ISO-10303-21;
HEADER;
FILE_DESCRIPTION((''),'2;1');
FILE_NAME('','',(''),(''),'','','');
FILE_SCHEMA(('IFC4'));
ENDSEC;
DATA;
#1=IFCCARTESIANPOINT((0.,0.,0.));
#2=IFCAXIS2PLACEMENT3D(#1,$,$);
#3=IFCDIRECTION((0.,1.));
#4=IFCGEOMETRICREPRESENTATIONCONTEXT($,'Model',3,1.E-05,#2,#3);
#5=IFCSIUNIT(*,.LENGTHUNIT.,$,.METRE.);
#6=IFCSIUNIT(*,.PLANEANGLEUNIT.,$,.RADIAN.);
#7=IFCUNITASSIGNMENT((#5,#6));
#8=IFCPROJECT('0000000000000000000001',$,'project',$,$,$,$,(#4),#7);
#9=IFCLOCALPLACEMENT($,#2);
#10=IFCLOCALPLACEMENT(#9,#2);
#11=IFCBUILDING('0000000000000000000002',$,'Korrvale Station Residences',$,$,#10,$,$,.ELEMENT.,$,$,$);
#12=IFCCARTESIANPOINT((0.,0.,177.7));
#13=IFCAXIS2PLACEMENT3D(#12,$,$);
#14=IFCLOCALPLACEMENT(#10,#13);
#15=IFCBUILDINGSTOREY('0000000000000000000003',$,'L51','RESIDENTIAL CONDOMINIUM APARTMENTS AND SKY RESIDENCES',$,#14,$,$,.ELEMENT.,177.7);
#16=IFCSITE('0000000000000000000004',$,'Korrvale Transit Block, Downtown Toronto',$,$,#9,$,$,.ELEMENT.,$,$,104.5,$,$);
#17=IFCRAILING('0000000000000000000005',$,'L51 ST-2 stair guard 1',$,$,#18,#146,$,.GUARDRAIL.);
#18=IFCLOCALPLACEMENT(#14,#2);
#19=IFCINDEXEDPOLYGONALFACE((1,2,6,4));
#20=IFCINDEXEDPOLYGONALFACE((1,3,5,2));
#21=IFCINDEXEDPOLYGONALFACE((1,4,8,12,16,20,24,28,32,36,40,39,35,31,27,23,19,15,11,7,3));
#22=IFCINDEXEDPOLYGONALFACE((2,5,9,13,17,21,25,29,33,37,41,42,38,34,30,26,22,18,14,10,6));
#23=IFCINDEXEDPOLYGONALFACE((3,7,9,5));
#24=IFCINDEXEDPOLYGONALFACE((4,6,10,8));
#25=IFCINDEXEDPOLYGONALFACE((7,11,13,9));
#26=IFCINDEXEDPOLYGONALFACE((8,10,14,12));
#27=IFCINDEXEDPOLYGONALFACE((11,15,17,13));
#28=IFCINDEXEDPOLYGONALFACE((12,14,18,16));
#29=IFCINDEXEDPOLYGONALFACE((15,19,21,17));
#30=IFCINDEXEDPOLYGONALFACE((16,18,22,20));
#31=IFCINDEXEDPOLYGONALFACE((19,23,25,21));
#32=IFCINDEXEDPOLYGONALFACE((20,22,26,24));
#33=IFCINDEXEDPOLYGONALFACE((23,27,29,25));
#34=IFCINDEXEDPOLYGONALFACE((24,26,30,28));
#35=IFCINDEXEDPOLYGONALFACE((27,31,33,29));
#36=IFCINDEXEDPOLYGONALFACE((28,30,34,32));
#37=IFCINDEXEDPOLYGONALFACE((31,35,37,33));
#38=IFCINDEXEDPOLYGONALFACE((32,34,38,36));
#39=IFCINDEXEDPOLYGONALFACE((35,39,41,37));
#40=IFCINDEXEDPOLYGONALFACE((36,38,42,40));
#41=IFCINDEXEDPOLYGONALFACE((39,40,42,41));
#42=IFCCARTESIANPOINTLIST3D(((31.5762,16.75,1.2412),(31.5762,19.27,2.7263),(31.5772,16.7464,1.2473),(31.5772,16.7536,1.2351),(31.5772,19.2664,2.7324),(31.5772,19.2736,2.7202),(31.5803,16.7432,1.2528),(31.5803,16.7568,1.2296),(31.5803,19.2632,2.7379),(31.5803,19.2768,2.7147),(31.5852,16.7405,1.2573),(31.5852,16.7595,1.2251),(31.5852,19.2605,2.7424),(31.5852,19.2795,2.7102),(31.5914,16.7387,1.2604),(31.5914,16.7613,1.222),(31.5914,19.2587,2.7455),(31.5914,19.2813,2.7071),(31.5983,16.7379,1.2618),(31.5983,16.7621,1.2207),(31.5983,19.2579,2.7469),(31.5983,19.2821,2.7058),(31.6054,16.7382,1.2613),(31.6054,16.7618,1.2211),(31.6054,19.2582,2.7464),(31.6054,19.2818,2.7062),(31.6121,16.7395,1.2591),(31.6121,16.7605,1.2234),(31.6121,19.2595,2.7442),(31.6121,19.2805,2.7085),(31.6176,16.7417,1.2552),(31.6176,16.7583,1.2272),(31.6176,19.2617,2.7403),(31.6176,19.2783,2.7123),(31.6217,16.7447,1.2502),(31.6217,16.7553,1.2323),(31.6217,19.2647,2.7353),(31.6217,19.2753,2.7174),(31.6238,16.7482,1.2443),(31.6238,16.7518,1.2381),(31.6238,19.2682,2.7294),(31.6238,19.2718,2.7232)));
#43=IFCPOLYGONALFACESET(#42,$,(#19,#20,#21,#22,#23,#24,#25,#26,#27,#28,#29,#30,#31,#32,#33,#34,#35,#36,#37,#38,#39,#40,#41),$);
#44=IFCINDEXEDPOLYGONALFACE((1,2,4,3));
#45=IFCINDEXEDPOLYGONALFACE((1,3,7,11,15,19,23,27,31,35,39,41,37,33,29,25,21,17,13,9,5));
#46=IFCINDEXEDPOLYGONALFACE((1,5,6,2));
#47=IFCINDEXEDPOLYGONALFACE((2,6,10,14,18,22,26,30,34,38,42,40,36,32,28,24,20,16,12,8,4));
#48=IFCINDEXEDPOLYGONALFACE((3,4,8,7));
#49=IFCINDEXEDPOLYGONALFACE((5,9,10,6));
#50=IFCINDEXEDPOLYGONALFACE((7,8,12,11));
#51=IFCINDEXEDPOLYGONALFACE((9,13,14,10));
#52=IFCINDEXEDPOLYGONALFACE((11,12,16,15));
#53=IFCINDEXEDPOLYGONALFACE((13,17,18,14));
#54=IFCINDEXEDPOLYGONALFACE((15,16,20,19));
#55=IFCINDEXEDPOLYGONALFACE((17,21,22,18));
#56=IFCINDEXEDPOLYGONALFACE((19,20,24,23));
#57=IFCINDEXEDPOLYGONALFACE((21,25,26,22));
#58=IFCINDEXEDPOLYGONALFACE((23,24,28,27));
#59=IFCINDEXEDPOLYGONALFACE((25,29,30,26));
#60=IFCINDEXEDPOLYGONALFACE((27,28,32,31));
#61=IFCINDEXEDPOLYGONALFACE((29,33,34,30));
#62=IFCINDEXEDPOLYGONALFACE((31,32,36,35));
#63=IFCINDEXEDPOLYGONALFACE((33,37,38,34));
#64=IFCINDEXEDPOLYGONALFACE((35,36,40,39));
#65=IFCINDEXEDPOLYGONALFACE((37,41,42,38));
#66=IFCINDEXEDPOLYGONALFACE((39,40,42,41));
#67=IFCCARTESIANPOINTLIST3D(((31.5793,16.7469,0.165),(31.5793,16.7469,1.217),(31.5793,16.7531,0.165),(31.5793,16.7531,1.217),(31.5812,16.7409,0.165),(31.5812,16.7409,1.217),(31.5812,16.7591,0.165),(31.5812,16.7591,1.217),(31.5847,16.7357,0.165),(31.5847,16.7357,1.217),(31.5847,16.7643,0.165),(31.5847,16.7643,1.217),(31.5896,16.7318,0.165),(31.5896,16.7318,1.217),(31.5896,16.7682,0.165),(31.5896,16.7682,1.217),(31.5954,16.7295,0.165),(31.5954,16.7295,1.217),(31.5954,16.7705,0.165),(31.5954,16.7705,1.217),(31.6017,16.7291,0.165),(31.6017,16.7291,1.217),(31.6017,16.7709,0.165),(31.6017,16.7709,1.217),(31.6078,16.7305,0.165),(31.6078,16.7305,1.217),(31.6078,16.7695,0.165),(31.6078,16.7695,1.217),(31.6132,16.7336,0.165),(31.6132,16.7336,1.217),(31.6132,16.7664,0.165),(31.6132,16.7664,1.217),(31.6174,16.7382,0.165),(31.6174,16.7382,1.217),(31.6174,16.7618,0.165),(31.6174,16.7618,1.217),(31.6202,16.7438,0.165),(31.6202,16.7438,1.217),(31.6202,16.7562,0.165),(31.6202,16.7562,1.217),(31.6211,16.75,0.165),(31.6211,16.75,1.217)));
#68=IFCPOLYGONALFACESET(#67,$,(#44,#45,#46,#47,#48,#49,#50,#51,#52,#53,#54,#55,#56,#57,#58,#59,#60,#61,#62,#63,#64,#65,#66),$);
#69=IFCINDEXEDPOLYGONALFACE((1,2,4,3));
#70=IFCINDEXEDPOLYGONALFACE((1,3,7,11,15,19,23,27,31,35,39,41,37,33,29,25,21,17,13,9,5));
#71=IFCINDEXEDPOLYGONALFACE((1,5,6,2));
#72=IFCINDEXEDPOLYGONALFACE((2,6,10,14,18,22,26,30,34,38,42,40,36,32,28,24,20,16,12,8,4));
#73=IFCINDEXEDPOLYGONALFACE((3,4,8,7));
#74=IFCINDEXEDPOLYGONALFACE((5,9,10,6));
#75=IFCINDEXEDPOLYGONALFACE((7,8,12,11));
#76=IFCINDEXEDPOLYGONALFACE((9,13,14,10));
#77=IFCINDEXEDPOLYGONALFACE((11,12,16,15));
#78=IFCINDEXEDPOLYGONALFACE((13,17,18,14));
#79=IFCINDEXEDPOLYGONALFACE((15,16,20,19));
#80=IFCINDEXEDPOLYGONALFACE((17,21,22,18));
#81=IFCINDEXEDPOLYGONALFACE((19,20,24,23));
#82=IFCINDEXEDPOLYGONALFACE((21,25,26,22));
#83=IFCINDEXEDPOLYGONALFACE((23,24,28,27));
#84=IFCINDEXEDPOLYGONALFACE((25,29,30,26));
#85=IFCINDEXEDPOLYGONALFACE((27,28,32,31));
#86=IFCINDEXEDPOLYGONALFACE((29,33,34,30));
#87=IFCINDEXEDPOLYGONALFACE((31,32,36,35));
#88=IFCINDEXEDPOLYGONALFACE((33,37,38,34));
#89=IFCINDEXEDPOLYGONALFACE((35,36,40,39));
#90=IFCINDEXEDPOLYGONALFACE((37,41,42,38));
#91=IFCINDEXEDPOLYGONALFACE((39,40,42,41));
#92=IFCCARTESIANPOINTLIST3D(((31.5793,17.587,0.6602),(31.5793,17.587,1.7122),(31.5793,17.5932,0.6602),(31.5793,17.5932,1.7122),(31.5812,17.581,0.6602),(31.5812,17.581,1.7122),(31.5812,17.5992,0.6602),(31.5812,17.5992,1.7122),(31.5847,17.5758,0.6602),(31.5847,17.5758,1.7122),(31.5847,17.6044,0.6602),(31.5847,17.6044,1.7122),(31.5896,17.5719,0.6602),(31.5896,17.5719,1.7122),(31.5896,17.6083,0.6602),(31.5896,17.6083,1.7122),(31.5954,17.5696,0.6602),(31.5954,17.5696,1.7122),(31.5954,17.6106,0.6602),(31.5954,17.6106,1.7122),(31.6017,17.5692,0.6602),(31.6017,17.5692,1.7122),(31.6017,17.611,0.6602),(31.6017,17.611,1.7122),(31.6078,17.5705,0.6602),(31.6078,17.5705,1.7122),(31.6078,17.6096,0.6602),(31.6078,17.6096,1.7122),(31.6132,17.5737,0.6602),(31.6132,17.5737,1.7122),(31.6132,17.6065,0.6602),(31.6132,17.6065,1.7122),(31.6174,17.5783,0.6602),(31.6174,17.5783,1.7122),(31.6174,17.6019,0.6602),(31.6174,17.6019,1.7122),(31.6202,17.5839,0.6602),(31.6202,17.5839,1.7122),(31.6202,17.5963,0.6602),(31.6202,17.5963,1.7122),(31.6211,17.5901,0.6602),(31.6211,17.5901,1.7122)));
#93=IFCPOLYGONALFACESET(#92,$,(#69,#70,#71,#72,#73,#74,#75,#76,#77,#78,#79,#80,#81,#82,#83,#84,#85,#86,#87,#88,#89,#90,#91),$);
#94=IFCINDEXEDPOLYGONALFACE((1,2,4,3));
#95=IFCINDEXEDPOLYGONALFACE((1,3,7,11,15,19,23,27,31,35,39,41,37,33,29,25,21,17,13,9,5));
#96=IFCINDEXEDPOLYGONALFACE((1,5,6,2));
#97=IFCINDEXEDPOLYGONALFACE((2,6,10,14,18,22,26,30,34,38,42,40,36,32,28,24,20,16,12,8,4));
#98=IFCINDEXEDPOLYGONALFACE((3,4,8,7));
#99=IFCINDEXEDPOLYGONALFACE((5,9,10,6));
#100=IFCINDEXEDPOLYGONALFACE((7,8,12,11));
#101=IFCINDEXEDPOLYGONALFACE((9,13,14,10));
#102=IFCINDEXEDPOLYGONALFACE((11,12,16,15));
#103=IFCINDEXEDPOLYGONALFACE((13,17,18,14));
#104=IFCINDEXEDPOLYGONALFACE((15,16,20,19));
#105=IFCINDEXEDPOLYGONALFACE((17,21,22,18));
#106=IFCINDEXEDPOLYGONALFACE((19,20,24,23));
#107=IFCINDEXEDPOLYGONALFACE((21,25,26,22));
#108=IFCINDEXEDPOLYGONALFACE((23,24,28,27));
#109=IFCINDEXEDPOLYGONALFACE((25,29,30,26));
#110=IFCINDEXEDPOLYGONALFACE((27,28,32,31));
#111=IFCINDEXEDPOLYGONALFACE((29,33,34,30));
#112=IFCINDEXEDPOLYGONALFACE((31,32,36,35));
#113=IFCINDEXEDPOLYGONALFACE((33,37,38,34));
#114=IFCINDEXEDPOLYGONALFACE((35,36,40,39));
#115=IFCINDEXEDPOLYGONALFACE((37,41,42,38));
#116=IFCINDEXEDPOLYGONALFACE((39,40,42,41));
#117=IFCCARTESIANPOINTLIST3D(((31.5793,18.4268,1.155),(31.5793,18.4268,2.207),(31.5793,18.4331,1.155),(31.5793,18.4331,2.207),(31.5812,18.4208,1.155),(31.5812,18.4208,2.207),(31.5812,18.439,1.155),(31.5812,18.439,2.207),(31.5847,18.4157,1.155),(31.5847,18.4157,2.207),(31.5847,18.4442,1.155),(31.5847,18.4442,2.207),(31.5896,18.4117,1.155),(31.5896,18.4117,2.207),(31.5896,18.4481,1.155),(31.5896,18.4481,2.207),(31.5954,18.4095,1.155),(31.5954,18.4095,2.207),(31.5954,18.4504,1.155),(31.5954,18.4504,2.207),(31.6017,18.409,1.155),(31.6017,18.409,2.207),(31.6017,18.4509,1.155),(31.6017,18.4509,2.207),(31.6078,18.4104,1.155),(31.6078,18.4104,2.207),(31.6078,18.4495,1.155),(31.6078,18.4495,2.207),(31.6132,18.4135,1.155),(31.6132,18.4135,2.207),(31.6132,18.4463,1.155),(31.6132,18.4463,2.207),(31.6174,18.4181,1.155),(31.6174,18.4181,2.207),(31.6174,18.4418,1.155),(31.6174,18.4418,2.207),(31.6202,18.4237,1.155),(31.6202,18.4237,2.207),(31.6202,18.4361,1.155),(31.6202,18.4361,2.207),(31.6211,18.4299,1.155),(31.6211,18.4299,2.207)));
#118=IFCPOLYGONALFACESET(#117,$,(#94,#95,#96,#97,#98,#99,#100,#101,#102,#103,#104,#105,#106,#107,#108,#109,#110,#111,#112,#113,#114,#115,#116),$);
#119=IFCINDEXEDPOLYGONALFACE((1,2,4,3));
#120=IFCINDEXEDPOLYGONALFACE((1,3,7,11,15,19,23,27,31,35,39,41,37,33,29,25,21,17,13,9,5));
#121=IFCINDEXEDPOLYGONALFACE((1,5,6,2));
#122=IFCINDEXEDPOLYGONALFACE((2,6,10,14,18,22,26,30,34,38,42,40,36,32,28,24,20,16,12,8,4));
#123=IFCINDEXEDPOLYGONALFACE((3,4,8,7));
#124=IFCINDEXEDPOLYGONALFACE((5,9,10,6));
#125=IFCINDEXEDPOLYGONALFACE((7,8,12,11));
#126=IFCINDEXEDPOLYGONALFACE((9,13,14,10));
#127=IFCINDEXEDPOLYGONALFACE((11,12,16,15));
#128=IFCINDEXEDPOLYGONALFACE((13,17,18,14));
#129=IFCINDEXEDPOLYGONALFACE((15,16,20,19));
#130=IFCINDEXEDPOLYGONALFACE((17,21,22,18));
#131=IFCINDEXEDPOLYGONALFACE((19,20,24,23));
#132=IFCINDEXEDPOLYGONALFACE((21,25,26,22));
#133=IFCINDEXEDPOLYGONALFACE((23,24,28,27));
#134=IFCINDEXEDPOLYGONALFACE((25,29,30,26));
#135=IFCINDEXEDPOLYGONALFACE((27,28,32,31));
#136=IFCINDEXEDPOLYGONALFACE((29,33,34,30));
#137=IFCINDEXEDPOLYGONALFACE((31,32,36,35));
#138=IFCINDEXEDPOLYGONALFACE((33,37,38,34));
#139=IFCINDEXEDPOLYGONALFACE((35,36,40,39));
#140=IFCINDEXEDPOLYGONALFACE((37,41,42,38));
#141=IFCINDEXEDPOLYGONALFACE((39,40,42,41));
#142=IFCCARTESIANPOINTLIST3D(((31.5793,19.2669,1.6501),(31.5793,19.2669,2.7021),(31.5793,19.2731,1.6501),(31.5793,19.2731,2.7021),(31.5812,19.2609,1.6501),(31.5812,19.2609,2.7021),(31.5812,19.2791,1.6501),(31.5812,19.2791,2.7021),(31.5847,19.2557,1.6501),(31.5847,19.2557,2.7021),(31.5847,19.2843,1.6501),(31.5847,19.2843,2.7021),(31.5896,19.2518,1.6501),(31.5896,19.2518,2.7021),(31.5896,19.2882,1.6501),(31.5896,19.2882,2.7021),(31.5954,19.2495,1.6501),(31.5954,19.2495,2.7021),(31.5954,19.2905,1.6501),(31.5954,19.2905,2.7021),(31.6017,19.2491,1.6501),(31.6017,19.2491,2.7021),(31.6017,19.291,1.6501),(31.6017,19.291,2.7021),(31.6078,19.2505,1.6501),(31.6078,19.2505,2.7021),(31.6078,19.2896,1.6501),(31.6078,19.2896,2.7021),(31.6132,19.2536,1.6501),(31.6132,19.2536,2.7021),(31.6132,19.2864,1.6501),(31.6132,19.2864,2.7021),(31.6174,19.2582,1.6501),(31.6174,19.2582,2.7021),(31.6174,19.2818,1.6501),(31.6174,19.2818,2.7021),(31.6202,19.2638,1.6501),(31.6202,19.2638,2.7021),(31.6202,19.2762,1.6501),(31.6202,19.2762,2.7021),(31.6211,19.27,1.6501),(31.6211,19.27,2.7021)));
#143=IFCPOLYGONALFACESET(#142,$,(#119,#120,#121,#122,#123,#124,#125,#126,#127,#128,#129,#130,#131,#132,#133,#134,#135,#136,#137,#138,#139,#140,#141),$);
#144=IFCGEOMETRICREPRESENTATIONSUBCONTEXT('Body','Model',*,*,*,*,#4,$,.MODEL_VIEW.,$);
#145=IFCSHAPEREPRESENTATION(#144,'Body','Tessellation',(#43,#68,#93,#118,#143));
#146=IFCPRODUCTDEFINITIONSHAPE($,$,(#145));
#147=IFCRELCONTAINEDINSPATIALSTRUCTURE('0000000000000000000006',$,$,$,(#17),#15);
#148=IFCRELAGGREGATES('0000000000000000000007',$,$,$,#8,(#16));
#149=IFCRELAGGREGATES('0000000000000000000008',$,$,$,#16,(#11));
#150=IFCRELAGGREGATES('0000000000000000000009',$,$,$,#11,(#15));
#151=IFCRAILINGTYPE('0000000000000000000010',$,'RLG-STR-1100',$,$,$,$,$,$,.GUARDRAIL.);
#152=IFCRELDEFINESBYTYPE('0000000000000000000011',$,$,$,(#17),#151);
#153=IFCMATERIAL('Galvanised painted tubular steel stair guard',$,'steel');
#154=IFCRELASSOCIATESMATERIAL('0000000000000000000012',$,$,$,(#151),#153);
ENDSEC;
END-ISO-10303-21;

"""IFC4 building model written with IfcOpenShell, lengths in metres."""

from ifc_helpers import new_model, si_unit, direction, frame, origin, origin_2d, place, context, subcontext, project, spatial, circle, extrude, material, type_object, element, save


model = new_model("IFC4")

# Units and contexts
model_context = context("Model", 3, precision=1e-05, world=origin(), true_north=direction((0.0, 1.0)))
body_context = subcontext(model_context, "Body", "Model", "MODEL_VIEW")
ifc_project = project(units=[si_unit("LENGTHUNIT", "METRE"), si_unit("PLANEANGLEUNIT", "RADIAN")], contexts=[model_context])

# Site, building, storey
site_placement = place(None, origin())
site = spatial("IfcSite", under=ifc_project, at=site_placement, Name="Korrvale Transit Block, Downtown Toronto", CompositionType="ELEMENT", RefElevation=104.5)
building_placement = place(site_placement, origin())
building = spatial("IfcBuilding", under=site, at=building_placement, Name="Korrvale Station Residences", CompositionType="ELEMENT")
storey_placement = place(building_placement, frame((0.0, 0.0, 177.7)))
storey = spatial("IfcBuildingStorey", under=building, at=storey_placement, Name="L51", Description="RESIDENTIAL CONDOMINIUM APARTMENTS AND SKY RESIDENCES", CompositionType="ELEMENT", Elevation=177.7)

# Railing
ifc_material_1 = material(Name="Galvanised painted tubular steel stair guard", Category="steel")
railing_type_1 = type_object("IfcRailingType", Name="RLG-STR-1100", PredefinedType="GUARDRAIL", material=ifc_material_1)
railing_1_placement = place(storey_placement, frame((31.6001, 16.75, 0.165)))
element("IfcRailing", 1, at=railing_1_placement, inside=storey, type_object=railing_type_1, Name="L51 ST-2 stair guard 1", PredefinedType="GUARDRAIL", context=body_context, shape_type="SweptSolid", body=[
    extrude(circle(Radius=0.0239, at=origin_2d()), frame((0.0, 0.0, 1.0762), z_axis=(0.0, 0.861524, 0.507717), x_axis=(-1.0, 0.0, 0.0)), (0.0, 0.0, 1.0), 2.925),
    extrude(circle(Radius=0.021, at=origin_2d()), origin(), (0.0, 0.0, 1.0), 1.052),
    extrude(circle(Radius=0.021, at=origin_2d()), frame((0.0, 0.8401, 0.4951)), (0.0, 0.0, 1.0), 1.052),
    extrude(circle(Radius=0.021, at=origin_2d()), frame((0.0, 1.6799, 0.99)), (0.0, 0.0, 1.0), 1.052),
    extrude(circle(Radius=0.021, at=origin_2d()), frame((0.0, 2.52, 1.4851)), (0.0, 0.0, 1.0), 1.052),
])

save(model, "model.ifc")
